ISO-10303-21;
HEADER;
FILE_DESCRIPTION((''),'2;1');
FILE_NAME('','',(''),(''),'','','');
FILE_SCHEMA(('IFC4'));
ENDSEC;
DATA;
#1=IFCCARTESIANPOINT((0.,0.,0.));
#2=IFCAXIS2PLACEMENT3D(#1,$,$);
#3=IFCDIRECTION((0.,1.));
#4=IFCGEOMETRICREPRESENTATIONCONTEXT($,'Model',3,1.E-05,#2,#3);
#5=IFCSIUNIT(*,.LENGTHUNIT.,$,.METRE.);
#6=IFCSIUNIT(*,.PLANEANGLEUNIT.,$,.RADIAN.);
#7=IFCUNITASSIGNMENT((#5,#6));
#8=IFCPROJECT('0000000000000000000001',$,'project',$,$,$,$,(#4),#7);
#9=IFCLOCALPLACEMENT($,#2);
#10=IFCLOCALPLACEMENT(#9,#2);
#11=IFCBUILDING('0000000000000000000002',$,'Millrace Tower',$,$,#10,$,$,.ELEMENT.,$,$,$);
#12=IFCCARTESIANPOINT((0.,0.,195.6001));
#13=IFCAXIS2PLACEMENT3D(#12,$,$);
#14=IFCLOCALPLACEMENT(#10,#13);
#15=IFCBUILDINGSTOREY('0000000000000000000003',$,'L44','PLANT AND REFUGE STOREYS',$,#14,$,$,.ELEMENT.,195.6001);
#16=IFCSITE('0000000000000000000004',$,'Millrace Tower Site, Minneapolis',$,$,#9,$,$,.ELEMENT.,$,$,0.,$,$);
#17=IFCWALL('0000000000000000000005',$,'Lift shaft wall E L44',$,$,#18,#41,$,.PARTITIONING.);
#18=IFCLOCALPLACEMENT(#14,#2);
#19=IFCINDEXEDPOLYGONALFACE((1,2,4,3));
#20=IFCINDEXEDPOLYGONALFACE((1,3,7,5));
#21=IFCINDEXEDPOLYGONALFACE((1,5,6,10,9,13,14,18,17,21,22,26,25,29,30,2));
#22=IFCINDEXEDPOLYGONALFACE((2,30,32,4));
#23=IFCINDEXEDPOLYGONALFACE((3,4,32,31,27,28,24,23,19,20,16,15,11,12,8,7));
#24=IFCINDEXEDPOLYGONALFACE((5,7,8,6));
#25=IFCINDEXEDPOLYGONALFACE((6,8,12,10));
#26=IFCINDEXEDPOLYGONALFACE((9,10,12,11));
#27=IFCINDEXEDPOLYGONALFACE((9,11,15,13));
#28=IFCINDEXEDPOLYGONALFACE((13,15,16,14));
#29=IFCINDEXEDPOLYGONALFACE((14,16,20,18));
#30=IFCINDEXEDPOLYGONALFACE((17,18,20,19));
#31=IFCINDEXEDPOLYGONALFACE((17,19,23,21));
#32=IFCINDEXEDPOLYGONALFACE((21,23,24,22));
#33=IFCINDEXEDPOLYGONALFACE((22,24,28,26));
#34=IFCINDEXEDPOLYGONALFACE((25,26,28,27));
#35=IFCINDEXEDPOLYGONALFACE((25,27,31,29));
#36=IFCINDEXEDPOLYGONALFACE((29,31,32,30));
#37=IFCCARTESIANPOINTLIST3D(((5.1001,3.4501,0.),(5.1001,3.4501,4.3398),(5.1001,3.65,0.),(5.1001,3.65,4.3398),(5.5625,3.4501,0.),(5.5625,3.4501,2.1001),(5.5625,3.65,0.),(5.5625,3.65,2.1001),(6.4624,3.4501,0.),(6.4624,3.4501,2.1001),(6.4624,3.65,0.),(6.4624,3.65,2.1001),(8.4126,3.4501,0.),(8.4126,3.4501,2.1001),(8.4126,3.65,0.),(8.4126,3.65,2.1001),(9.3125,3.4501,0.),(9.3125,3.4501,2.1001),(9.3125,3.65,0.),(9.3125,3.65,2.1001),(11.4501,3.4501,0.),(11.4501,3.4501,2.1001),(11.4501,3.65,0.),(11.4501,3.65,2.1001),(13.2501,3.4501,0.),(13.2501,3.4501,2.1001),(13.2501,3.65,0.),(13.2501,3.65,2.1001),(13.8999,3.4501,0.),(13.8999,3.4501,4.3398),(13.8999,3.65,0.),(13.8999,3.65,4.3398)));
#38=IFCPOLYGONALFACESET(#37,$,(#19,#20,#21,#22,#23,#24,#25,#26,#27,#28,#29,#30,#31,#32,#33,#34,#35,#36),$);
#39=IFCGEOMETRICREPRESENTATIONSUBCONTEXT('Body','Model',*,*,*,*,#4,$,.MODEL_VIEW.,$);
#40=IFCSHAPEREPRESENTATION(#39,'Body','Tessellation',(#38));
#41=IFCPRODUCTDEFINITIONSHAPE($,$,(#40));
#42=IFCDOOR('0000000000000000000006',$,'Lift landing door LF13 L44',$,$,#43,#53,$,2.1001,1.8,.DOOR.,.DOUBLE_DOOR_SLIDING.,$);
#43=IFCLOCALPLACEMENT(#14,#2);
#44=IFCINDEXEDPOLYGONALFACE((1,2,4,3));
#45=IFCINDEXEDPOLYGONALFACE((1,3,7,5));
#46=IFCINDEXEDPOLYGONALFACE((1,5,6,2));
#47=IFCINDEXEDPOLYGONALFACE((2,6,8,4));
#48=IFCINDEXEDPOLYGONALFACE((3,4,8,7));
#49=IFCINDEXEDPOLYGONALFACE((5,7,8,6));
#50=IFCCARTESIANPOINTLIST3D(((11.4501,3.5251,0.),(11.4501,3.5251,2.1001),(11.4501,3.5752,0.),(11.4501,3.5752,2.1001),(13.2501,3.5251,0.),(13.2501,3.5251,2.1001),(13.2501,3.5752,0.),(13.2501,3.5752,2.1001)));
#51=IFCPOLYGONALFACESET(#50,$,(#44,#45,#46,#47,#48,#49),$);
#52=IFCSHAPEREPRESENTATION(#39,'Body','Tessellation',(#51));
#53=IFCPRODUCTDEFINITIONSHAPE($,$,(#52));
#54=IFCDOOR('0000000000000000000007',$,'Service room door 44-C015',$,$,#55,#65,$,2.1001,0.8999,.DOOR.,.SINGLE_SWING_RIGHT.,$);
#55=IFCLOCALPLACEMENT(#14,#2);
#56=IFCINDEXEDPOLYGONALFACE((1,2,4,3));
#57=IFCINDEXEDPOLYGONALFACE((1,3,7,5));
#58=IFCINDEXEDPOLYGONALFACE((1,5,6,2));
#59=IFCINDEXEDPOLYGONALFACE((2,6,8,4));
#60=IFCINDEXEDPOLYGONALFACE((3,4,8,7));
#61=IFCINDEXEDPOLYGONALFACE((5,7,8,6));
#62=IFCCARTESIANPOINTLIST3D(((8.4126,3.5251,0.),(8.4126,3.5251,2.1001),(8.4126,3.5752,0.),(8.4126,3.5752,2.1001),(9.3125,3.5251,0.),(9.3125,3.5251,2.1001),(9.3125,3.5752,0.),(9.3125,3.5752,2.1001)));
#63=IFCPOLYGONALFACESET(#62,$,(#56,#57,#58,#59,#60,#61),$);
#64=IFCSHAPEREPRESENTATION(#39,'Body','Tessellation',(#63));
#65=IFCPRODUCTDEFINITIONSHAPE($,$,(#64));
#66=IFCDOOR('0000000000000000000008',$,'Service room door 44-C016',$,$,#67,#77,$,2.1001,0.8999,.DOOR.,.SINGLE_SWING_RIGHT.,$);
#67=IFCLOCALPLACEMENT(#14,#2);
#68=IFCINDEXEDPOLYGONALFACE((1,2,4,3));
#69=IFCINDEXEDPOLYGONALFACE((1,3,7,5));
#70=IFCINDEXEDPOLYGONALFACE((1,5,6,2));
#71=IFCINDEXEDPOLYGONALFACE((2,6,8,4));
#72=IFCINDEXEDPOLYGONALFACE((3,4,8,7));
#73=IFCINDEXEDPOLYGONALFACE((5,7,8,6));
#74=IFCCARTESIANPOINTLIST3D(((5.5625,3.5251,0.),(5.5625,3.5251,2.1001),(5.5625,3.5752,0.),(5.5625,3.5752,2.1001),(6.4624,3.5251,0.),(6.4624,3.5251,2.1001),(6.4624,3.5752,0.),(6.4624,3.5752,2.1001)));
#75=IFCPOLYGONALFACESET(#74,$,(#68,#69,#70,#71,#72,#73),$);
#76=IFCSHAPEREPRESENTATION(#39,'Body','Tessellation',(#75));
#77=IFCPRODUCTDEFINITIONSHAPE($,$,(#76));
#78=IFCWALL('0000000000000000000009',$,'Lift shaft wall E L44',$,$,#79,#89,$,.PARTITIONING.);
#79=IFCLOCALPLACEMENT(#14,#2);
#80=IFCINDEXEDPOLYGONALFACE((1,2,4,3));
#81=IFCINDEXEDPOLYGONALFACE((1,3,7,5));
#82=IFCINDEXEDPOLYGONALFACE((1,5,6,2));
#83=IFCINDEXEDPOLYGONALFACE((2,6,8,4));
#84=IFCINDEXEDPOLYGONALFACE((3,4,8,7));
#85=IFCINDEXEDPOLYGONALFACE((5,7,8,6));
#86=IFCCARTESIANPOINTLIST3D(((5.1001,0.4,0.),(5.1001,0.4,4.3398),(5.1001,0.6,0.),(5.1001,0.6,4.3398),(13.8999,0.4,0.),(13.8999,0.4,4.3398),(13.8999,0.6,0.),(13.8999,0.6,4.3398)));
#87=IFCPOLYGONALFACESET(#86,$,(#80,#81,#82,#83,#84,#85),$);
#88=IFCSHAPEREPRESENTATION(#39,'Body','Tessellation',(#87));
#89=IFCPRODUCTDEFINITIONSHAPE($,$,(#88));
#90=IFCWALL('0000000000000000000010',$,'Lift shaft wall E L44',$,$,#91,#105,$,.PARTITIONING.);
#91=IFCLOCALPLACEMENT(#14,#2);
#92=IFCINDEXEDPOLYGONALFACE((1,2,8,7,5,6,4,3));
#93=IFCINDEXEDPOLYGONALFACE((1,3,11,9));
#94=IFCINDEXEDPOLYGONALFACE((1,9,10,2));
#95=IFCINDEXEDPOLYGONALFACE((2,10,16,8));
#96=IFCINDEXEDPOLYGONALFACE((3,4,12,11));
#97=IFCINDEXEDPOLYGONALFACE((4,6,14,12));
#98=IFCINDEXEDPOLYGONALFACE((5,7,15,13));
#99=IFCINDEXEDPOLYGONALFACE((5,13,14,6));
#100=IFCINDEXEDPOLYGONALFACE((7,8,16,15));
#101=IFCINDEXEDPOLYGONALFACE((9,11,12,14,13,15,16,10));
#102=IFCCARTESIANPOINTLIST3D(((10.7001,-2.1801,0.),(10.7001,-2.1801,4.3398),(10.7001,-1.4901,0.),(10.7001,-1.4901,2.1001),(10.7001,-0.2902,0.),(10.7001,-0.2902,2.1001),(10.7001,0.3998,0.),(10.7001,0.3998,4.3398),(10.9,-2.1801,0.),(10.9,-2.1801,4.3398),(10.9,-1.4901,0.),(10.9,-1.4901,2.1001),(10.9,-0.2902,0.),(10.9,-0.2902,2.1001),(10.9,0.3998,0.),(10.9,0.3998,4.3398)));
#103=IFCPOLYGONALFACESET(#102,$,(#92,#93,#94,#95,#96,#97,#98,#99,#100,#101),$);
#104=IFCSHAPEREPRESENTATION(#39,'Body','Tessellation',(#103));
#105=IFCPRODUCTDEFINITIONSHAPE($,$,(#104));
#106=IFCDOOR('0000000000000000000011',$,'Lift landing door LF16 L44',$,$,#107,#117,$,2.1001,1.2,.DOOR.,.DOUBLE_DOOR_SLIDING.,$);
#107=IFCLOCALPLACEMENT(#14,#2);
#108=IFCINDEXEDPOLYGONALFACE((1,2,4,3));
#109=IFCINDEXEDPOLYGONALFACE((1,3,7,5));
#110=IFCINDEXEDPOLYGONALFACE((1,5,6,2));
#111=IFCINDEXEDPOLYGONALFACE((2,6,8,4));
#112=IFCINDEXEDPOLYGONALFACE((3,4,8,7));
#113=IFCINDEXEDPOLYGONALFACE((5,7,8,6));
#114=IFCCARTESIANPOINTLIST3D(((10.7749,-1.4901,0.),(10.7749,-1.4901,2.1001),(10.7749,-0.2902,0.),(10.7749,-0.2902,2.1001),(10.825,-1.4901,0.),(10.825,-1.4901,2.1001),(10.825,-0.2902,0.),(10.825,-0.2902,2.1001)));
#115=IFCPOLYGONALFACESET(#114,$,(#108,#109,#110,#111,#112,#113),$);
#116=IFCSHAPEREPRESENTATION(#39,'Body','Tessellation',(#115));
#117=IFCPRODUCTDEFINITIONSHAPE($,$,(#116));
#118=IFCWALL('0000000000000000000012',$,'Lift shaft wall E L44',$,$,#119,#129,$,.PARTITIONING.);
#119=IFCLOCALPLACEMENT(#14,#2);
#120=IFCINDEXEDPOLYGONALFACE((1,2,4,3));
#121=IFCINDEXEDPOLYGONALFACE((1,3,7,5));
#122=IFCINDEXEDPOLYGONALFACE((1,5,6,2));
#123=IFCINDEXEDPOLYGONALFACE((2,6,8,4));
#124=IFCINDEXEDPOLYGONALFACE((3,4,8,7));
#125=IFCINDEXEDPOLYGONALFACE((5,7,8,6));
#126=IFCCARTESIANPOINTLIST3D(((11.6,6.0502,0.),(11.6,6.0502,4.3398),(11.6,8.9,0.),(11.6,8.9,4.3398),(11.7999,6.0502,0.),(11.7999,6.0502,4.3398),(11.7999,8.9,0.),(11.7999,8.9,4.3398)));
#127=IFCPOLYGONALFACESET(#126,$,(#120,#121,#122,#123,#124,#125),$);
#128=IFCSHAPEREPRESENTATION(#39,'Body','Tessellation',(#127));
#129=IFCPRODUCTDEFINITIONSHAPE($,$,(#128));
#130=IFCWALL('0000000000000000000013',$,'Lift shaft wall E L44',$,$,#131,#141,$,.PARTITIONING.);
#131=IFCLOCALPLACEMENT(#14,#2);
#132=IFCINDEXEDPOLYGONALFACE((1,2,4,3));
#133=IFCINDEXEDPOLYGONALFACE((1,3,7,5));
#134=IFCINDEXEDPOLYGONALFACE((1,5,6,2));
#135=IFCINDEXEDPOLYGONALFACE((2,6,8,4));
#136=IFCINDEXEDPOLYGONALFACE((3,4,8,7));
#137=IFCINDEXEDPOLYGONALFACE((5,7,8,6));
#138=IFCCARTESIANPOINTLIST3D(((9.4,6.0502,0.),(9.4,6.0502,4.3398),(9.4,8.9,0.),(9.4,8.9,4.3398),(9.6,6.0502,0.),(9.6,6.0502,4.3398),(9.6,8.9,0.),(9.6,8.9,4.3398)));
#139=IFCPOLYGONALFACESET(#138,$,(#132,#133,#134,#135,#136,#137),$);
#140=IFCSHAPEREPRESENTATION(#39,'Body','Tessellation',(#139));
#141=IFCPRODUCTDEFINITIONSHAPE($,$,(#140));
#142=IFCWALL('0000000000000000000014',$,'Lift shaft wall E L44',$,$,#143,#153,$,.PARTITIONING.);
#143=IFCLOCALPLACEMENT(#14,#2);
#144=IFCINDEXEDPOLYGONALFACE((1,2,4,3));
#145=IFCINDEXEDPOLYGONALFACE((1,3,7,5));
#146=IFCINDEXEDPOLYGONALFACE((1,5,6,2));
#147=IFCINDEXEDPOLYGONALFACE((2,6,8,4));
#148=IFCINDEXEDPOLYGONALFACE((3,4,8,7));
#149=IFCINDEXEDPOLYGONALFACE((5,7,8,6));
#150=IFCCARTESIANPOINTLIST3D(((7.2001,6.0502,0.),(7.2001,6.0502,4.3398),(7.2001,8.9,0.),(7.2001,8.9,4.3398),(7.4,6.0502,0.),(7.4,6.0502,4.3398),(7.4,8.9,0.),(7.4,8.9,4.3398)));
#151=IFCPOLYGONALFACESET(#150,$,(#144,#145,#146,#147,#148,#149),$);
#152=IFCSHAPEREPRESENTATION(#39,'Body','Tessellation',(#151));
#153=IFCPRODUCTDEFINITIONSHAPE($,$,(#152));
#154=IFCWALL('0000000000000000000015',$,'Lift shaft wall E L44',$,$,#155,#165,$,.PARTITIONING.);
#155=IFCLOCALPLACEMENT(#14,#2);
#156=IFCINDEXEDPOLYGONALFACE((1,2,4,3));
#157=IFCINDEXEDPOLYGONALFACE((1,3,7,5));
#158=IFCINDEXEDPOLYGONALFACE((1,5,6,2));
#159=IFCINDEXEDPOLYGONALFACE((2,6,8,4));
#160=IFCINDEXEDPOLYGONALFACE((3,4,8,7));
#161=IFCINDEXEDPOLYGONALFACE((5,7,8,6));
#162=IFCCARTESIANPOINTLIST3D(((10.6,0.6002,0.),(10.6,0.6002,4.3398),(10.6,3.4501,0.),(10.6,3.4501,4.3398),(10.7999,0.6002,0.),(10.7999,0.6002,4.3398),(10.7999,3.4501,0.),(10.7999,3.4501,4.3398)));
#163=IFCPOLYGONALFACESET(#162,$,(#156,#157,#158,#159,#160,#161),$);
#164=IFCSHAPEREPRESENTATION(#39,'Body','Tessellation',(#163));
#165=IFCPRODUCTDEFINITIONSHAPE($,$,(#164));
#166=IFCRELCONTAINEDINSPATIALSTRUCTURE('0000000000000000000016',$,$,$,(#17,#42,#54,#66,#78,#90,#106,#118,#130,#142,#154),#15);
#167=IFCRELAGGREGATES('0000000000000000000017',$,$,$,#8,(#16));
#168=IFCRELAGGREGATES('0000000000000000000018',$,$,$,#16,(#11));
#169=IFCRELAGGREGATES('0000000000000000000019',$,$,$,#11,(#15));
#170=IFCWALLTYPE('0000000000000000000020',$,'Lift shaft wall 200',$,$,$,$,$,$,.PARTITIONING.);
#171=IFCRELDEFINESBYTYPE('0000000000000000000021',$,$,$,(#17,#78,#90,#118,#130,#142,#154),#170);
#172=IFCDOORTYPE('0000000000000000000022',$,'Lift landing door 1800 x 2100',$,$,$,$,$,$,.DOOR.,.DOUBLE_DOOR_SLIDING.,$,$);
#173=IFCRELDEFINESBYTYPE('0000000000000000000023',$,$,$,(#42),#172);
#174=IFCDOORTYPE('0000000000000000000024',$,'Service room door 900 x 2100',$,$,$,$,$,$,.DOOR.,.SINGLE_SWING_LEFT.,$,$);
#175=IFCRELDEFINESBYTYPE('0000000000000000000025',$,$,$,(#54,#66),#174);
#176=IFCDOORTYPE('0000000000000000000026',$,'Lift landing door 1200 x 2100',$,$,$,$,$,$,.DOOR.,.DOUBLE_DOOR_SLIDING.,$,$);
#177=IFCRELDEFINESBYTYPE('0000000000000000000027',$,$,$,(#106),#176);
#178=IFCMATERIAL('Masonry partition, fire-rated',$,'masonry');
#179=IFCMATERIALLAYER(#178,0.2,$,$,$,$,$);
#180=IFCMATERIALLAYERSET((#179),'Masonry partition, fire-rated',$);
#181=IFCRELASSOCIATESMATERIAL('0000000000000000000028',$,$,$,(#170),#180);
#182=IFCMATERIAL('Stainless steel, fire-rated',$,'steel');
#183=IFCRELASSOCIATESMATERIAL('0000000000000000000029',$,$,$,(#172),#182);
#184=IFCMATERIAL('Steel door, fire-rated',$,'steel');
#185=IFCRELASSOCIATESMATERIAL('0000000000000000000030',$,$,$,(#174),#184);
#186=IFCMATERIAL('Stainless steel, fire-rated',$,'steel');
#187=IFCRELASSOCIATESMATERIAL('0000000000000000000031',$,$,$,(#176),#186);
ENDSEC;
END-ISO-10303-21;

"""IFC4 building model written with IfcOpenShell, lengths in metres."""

from ifc_helpers import new_model, si_unit, direction, frame, frame_2d, origin, place, context, subcontext, project, spatial, rectangle, extrude, material, layer, layer_set, type_object, element, fill, save


model = new_model("IFC4")

# Units and contexts
model_context = context("Model", 3, precision=1e-05, world=origin(), true_north=direction((0.0, 1.0)))
body_context = subcontext(model_context, "Body", "Model", "MODEL_VIEW")
ifc_project = project(units=[si_unit("LENGTHUNIT", "METRE"), si_unit("PLANEANGLEUNIT", "RADIAN")], contexts=[model_context])

# Site, building, storey
site_placement = place(None, origin())
site = spatial("IfcSite", under=ifc_project, at=site_placement, Name="Millrace Tower Site, Minneapolis", CompositionType="ELEMENT", RefElevation=0.0)
building_placement = place(site_placement, origin())
building = spatial("IfcBuilding", under=site, at=building_placement, Name="Millrace Tower", CompositionType="ELEMENT")
storey_placement = place(building_placement, frame((0.0, 0.0, 195.6001)))
storey = spatial("IfcBuildingStorey", under=building, at=storey_placement, Name="L44", Description="PLANT AND REFUGE STOREYS", CompositionType="ELEMENT", Elevation=195.6001)

# Wall, openings, doors
ifc_material_1 = material(Name="Masonry partition, fire-rated", Category="masonry")
ifc_layer_1 = layer(ifc_material_1, 0.2)
ifc_layer_set_1 = layer_set([ifc_layer_1], Name="Masonry partition, fire-rated")
wall_type_1 = type_object("IfcWallType", Name="Lift shaft wall 200", PredefinedType="PARTITIONING", material=ifc_layer_set_1)
wall_1_placement = place(storey_placement, frame((13.8999, 3.55, 0.0), z_axis=(0.0, 0.0, 1.0), x_axis=(-1.0, 0.0, 0.0)))
wall_1 = element("IfcWall", 1, at=wall_1_placement, inside=storey, type_object=wall_type_1, Name="Lift shaft wall E L44", PredefinedType="PARTITIONING", context=body_context, shape_type="SweptSolid", body=[
    extrude(rectangle(XDim=8.7998, YDim=0.2, at=frame_2d((4.3999, 0.0))), origin(), (0.0, 0.0, 1.0), 4.3398),
])
opening_1_placement = place(wall_1_placement, frame((0.6499, 0.0, 0.0)))
opening_1 = element("IfcOpeningElement", 2, at=opening_1_placement, cuts=wall_1, PredefinedType="OPENING", context=body_context, shape_type="SweptSolid", body=[
    extrude(rectangle(XDim=1.8, YDim=2.1001, at=frame_2d((0.8999, 1.05))), frame((0.0, 0.1099, 0.0), z_axis=(0.0, -1.0, 0.0), x_axis=(1.0, 0.0, 0.0)), (0.0, 0.0, 1.0), 0.22),
])
opening_2_placement = place(wall_1_placement, frame((4.5874, 0.0, 0.0)))
opening_2 = element("IfcOpeningElement", 3, at=opening_2_placement, cuts=wall_1, PredefinedType="OPENING", context=body_context, shape_type="SweptSolid", body=[
    extrude(rectangle(XDim=0.8999, YDim=2.1001, at=frame_2d((0.45, 1.05))), frame((0.0, 0.1099, 0.0), z_axis=(0.0, -1.0, 0.0), x_axis=(1.0, 0.0, 0.0)), (0.0, 0.0, 1.0), 0.22),
])
opening_3_placement = place(wall_1_placement, frame((7.4375, 0.0, 0.0)))
opening_3 = element("IfcOpeningElement", 4, at=opening_3_placement, cuts=wall_1, PredefinedType="OPENING", context=body_context, shape_type="SweptSolid", body=[
    extrude(rectangle(XDim=0.8999, YDim=2.1001, at=frame_2d((0.45, 1.05))), frame((0.0, 0.1099, 0.0), z_axis=(0.0, -1.0, 0.0), x_axis=(1.0, 0.0, 0.0)), (0.0, 0.0, 1.0), 0.22),
])
ifc_material_2 = material(Name="Stainless steel, fire-rated", Category="steel")
door_type_1 = type_object("IfcDoorType", Name="Lift landing door 1800 x 2100", OperationType="DOUBLE_DOOR_SLIDING", PredefinedType="DOOR", material=ifc_material_2)
door_1_placement = place(opening_1_placement, origin())
door_1 = element("IfcDoor", 5, at=door_1_placement, inside=storey, type_object=door_type_1, Name="Lift landing door LF13 L44", OperationType="DOUBLE_DOOR_SLIDING", OverallHeight=2.1001, OverallWidth=1.8, PredefinedType="DOOR", context=body_context, shape_type="SweptSolid", body=[
    extrude(rectangle(XDim=1.8, YDim=2.1001, at=frame_2d((0.8999, 1.05))), frame((0.0, 0.0249, 0.0), z_axis=(0.0, -1.0, 0.0), x_axis=(1.0, 0.0, 0.0)), (0.0, 0.0, 1.0), 0.05),
])
fill(opening_1, door_1)
ifc_material_3 = material(Name="Steel door, fire-rated", Category="steel")
door_type_2 = type_object("IfcDoorType", Name="Service room door 900 x 2100", OperationType="SINGLE_SWING_LEFT", PredefinedType="DOOR", material=ifc_material_3)
door_2_placement = place(opening_2_placement, origin())
door_2 = element("IfcDoor", 6, at=door_2_placement, inside=storey, type_object=door_type_2, Name="Service room door 44-C015", OperationType="SINGLE_SWING_RIGHT", OverallHeight=2.1001, OverallWidth=0.8999, PredefinedType="DOOR", context=body_context, shape_type="SweptSolid", body=[
    extrude(rectangle(XDim=0.8999, YDim=2.1001, at=frame_2d((0.45, 1.05))), frame((0.0, 0.0249, 0.0), z_axis=(0.0, -1.0, 0.0), x_axis=(1.0, 0.0, 0.0)), (0.0, 0.0, 1.0), 0.05),
])
fill(opening_2, door_2)
door_3_placement = place(opening_3_placement, origin())
door_3 = element("IfcDoor", 7, at=door_3_placement, inside=storey, type_object=door_type_2, Name="Service room door 44-C016", OperationType="SINGLE_SWING_RIGHT", OverallHeight=2.1001, OverallWidth=0.8999, PredefinedType="DOOR", context=body_context, shape_type="SweptSolid", body=[
    extrude(rectangle(XDim=0.8999, YDim=2.1001, at=frame_2d((0.45, 1.05))), frame((0.0, 0.0249, 0.0), z_axis=(0.0, -1.0, 0.0), x_axis=(1.0, 0.0, 0.0)), (0.0, 0.0, 1.0), 0.05),
])
fill(opening_3, door_3)

# Wall
wall_2_placement = place(storey_placement, frame((13.8999, 0.5, 0.0), z_axis=(0.0, 0.0, 1.0), x_axis=(-1.0, 0.0, 0.0)))
element("IfcWall", 8, at=wall_2_placement, inside=storey, type_object=wall_type_1, Name="Lift shaft wall E L44", PredefinedType="PARTITIONING", context=body_context, shape_type="SweptSolid", body=[
    extrude(rectangle(XDim=8.7998, YDim=0.2, at=frame_2d((4.3999, 0.0))), origin(), (0.0, 0.0, 1.0), 4.3398),
])

# Wall, opening, door
wall_3_placement = place(storey_placement, frame((10.8, 0.3999, 0.0), z_axis=(0.0, 0.0, 1.0), x_axis=(0.0, -1.0, 0.0)))
wall_3 = element("IfcWall", 9, at=wall_3_placement, inside=storey, type_object=wall_type_1, Name="Lift shaft wall E L44", PredefinedType="PARTITIONING", context=body_context, shape_type="SweptSolid", body=[
    extrude(rectangle(XDim=2.5798, YDim=0.2, at=frame_2d((1.29, 0.0))), origin(), (0.0, 0.0, 1.0), 4.3398),
])
opening_4_placement = place(wall_3_placement, frame((0.6899, 0.0, 0.0)))
opening_4 = element("IfcOpeningElement", 10, at=opening_4_placement, cuts=wall_3, PredefinedType="OPENING", context=body_context, shape_type="SweptSolid", body=[
    extrude(rectangle(XDim=1.2, YDim=2.1001, at=frame_2d((0.6001, 1.05))), frame((0.0, 0.1099, 0.0), z_axis=(0.0, -1.0, 0.0), x_axis=(1.0, 0.0, 0.0)), (0.0, 0.0, 1.0), 0.22),
])
ifc_material_4 = material(Name="Stainless steel, fire-rated", Category="steel")
door_type_3 = type_object("IfcDoorType", Name="Lift landing door 1200 x 2100", OperationType="DOUBLE_DOOR_SLIDING", PredefinedType="DOOR", material=ifc_material_4)
door_4_placement = place(opening_4_placement, origin())
door_4 = element("IfcDoor", 11, at=door_4_placement, inside=storey, type_object=door_type_3, Name="Lift landing door LF16 L44", OperationType="DOUBLE_DOOR_SLIDING", OverallHeight=2.1001, OverallWidth=1.2, PredefinedType="DOOR", context=body_context, shape_type="SweptSolid", body=[
    extrude(rectangle(XDim=1.2, YDim=2.1001, at=frame_2d((0.6001, 1.05))), frame((0.0, 0.0249, 0.0), z_axis=(0.0, -1.0, 0.0), x_axis=(1.0, 0.0, 0.0)), (0.0, 0.0, 1.0), 0.05),
])
fill(opening_4, door_4)

# Walls
for number, where, z_axis, x_axis, name in (
    (12, (11.7, 8.8999, 0.0), (0.0, 0.0, 1.0), (0.0, -1.0, 0.0), "Lift shaft wall E L44"),
    (13, (9.5, 8.8999, 0.0), (0.0, 0.0, 1.0), (0.0, -1.0, 0.0), "Lift shaft wall E L44"),
    (14, (7.3, 8.8999, 0.0), (0.0, 0.0, 1.0), (0.0, -1.0, 0.0), "Lift shaft wall E L44"),
    (15, (10.7, 3.45, 0.0), (0.0, 0.0, 1.0), (0.0, -1.0, 0.0), "Lift shaft wall E L44"),
):
    element("IfcWall", number, at=place(storey_placement, frame(where, z_axis=z_axis, x_axis=x_axis)), inside=storey, type_object=wall_type_1, Name=name, PredefinedType="PARTITIONING", context=body_context, shape_type="SweptSolid", body=[
        extrude(rectangle(XDim=2.8499, YDim=0.2, at=frame_2d((1.4248, 0.0))), origin(), (0.0, 0.0, 1.0), 4.3398),
    ])

save(model, "model.ifc")
